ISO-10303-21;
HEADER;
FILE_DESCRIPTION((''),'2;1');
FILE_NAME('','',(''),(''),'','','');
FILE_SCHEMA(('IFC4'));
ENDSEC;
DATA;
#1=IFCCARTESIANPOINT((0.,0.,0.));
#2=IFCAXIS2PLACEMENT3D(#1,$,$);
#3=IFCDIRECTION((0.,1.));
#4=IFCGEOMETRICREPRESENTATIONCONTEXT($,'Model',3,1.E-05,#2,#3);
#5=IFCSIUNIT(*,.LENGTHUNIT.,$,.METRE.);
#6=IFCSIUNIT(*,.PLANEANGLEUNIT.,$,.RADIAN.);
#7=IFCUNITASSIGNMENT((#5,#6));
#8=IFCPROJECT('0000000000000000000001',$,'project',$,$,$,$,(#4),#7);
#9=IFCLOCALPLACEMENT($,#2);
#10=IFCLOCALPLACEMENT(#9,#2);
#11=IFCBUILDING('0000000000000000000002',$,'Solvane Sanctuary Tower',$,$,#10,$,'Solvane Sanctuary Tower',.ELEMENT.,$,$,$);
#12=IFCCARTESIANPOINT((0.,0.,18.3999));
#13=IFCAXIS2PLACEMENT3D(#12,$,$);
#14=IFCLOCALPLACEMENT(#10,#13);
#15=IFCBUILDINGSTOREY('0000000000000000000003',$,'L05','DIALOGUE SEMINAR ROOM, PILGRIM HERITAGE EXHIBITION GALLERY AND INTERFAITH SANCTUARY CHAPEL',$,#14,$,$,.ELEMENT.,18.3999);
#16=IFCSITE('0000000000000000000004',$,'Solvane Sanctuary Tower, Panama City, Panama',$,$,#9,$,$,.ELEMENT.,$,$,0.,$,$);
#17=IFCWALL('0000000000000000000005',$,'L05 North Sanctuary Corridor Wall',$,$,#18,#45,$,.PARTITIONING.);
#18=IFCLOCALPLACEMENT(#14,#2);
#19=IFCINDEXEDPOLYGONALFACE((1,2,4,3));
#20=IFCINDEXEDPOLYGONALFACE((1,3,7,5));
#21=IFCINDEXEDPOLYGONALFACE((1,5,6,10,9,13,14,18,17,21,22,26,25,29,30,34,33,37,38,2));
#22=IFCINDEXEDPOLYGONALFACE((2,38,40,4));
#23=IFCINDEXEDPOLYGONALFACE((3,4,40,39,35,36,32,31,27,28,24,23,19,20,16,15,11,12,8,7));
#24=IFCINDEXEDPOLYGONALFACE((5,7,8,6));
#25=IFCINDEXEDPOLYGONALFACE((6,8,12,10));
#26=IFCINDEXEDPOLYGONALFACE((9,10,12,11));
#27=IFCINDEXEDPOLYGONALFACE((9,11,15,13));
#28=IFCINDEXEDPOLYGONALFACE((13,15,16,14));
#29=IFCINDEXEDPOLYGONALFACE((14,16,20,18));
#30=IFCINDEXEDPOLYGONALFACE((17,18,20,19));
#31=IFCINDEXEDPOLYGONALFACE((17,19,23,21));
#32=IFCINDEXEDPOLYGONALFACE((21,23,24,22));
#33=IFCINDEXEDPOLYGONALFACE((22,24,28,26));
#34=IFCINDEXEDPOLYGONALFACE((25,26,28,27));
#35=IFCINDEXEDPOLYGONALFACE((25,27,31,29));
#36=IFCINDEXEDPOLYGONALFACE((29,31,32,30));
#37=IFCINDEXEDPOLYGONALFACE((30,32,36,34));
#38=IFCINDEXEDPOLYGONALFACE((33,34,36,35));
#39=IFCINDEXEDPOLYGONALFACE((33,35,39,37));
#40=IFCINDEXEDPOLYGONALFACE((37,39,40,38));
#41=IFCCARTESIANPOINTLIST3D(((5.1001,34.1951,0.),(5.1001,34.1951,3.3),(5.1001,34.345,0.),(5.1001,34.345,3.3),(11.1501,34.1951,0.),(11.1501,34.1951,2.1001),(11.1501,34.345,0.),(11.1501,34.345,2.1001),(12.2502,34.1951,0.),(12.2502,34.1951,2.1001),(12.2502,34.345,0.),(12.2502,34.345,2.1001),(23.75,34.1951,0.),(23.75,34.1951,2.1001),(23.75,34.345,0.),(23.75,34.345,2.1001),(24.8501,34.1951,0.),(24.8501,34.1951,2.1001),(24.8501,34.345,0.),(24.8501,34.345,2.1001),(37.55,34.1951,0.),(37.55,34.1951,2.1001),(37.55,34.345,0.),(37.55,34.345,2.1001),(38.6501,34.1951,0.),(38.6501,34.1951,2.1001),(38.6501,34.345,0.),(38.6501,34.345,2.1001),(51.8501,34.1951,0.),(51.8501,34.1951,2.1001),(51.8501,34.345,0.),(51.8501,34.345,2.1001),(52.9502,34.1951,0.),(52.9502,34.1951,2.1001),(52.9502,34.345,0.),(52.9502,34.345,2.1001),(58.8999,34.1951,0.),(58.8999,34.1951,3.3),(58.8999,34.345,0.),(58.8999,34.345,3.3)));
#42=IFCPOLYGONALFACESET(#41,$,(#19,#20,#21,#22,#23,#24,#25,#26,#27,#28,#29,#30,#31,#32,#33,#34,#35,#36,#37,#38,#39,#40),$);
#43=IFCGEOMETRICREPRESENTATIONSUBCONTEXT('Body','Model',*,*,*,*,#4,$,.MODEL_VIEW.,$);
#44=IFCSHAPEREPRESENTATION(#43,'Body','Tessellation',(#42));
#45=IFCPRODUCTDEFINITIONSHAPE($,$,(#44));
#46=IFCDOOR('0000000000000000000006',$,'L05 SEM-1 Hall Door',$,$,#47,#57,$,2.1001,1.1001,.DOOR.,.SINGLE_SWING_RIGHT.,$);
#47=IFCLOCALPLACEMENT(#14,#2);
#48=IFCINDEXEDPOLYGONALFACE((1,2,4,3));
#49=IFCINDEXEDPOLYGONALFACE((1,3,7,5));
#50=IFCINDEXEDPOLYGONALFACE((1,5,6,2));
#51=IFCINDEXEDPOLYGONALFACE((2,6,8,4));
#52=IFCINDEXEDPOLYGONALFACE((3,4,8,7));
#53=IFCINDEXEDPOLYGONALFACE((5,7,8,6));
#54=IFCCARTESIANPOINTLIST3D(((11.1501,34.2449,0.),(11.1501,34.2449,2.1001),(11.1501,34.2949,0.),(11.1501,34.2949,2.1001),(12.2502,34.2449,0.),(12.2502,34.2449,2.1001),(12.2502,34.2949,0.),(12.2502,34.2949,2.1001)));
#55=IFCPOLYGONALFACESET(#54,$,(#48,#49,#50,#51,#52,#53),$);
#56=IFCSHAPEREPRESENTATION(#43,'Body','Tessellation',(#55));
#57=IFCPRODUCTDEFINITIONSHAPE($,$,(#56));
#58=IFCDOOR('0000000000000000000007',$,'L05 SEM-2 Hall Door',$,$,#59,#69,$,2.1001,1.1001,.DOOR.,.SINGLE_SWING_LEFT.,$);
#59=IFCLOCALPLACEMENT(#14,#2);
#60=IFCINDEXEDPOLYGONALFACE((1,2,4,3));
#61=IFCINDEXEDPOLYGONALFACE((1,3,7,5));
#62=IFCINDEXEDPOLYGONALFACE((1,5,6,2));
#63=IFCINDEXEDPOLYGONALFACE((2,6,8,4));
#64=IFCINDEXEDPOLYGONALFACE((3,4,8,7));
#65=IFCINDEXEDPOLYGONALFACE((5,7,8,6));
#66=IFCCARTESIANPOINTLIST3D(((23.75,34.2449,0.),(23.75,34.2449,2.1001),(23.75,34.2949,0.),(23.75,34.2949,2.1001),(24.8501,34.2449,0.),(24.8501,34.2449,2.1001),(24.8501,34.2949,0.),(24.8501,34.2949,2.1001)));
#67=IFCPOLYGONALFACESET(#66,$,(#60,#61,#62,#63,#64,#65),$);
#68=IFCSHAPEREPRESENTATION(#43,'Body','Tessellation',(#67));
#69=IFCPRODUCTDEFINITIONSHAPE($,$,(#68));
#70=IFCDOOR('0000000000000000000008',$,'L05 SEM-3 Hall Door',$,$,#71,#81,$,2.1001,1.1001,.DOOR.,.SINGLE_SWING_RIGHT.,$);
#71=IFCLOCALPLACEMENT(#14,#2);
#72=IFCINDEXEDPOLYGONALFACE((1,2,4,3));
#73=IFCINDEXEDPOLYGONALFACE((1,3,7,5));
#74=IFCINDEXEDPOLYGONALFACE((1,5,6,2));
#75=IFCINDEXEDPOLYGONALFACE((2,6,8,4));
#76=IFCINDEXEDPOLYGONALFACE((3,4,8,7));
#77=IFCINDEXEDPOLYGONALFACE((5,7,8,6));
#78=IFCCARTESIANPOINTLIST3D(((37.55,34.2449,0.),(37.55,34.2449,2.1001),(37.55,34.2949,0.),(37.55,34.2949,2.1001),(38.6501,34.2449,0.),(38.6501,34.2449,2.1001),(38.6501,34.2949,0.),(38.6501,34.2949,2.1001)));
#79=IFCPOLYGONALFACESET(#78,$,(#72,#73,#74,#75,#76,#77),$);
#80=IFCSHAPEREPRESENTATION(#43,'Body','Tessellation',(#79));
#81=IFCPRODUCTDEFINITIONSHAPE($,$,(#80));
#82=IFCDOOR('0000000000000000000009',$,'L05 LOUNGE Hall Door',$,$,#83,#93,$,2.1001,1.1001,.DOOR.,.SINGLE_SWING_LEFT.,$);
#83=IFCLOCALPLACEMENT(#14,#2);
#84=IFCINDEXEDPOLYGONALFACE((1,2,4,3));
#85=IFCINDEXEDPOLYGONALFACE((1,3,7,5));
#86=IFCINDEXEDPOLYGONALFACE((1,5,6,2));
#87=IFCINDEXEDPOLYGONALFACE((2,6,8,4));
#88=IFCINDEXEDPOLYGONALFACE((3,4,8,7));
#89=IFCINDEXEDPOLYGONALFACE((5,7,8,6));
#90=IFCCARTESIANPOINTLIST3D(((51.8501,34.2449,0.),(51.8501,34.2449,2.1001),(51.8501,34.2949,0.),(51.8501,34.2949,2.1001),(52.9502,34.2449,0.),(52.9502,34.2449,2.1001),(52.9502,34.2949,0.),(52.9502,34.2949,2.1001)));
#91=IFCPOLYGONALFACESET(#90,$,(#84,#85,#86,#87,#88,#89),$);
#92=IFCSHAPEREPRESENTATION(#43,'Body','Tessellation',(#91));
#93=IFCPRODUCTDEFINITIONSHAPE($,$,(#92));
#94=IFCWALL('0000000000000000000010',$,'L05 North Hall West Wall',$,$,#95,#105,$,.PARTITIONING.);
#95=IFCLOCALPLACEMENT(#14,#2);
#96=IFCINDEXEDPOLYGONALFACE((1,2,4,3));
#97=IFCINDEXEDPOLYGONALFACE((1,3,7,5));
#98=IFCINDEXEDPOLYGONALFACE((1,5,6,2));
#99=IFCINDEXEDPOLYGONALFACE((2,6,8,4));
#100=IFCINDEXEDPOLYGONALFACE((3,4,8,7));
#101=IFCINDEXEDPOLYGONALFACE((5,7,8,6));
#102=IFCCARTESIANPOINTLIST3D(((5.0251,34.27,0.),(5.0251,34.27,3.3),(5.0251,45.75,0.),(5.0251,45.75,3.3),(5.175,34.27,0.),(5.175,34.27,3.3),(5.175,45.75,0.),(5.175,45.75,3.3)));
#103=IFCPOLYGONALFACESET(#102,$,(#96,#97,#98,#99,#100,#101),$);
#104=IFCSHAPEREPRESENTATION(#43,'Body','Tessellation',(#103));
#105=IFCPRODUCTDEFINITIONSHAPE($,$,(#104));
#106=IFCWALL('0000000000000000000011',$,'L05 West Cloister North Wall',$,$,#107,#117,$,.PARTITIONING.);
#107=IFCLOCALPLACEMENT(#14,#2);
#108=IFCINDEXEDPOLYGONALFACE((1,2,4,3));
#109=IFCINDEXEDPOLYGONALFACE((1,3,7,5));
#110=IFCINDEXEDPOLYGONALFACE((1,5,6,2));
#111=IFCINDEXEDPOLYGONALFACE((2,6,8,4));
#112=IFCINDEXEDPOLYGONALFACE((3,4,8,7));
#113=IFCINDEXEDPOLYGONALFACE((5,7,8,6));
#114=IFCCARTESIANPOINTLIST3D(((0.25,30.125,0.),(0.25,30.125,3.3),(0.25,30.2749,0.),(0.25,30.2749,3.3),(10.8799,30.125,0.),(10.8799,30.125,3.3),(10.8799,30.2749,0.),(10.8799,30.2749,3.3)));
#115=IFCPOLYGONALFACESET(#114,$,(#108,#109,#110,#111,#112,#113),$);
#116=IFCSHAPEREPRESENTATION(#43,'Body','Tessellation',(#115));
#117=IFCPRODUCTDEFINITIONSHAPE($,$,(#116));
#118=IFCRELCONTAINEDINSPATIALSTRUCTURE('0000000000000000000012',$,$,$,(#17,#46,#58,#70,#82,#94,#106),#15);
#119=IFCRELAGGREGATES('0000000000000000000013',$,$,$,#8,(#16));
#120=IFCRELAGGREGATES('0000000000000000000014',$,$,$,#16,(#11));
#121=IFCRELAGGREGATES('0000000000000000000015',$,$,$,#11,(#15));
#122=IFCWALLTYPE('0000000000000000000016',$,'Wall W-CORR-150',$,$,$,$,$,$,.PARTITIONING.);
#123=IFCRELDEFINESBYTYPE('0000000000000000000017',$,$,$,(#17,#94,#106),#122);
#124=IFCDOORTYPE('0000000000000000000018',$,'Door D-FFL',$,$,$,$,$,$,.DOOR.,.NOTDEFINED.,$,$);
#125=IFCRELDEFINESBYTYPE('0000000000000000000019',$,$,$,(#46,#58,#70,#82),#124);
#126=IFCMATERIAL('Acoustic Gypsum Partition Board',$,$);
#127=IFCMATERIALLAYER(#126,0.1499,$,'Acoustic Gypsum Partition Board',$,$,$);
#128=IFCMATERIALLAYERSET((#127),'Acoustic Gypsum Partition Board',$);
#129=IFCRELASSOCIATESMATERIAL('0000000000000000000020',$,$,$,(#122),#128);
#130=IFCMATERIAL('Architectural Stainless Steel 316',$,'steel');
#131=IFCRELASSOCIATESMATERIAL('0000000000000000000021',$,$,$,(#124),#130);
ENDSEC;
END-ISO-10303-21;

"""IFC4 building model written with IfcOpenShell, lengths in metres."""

from ifc_helpers import new_model, si_unit, direction, frame, frame_2d, origin, place, context, subcontext, project, spatial, rectangle, extrude, material, layer, layer_set, type_object, element, fill, save


model = new_model("IFC4")

# Units and contexts
model_context = context("Model", 3, precision=1e-05, world=origin(), true_north=direction((0.0, 1.0)))
body_context = subcontext(model_context, "Body", "Model", "MODEL_VIEW")
ifc_project = project(units=[si_unit("LENGTHUNIT", "METRE"), si_unit("PLANEANGLEUNIT", "RADIAN")], contexts=[model_context])

# Site, building, storey
site_placement = place(None, origin())
site = spatial("IfcSite", under=ifc_project, at=site_placement, Name="Solvane Sanctuary Tower, Panama City, Panama", CompositionType="ELEMENT", RefElevation=0.0)
building_placement = place(site_placement, origin())
building = spatial("IfcBuilding", under=site, at=building_placement, Name="Solvane Sanctuary Tower", LongName="Solvane Sanctuary Tower", CompositionType="ELEMENT")
storey_placement = place(building_placement, frame((0.0, 0.0, 18.3999)))
storey = spatial("IfcBuildingStorey", under=building, at=storey_placement, Name="L05", Description="DIALOGUE SEMINAR ROOM, PILGRIM HERITAGE EXHIBITION GALLERY AND INTERFAITH SANCTUARY CHAPEL", CompositionType="ELEMENT", Elevation=18.3999)

# Wall, openings, doors
ifc_material_1 = material(Name="Acoustic Gypsum Partition Board")
ifc_layer_1 = layer(ifc_material_1, 0.1499, Name="Acoustic Gypsum Partition Board")
ifc_layer_set_1 = layer_set([ifc_layer_1], Name="Acoustic Gypsum Partition Board")
wall_type_1 = type_object("IfcWallType", Name="Wall W-CORR-150", PredefinedType="PARTITIONING", material=ifc_layer_set_1)
wall_1_placement = place(storey_placement, frame((5.1001, 34.27, 0.0), z_axis=(0.0, 0.0, 1.0), x_axis=(1.0, 0.0, 0.0)))
wall_1 = element("IfcWall", 1, at=wall_1_placement, inside=storey, type_object=wall_type_1, Name="L05 North Sanctuary Corridor Wall", PredefinedType="PARTITIONING", context=body_context, shape_type="SweptSolid", body=[
    extrude(rectangle(XDim=53.7998, YDim=0.1499, at=frame_2d((26.8999, 0.0))), origin(), (0.0, 0.0, 1.0), 3.3),
])
opening_1_placement = place(wall_1_placement, frame((6.05, 0.0, 0.0)))
opening_1 = element("IfcOpeningElement", 2, at=opening_1_placement, cuts=wall_1, PredefinedType="OPENING", context=body_context, shape_type="SweptSolid", body=[
    extrude(rectangle(XDim=1.1001, YDim=2.1001, at=frame_2d((0.55, 1.05))), frame((0.0, 0.085, 0.0), z_axis=(0.0, -1.0, 0.0), x_axis=(1.0, 0.0, 0.0)), (0.0, 0.0, 1.0), 0.1699),
])
opening_2_placement = place(wall_1_placement, frame((18.6499, 0.0, 0.0)))
opening_2 = element("IfcOpeningElement", 3, at=opening_2_placement, cuts=wall_1, PredefinedType="OPENING", context=body_context, shape_type="SweptSolid", body=[
    extrude(rectangle(XDim=1.1001, YDim=2.1001, at=frame_2d((0.55, 1.05))), frame((0.0, 0.085, 0.0), z_axis=(0.0, -1.0, 0.0), x_axis=(1.0, 0.0, 0.0)), (0.0, 0.0, 1.0), 0.1699),
])
opening_3_placement = place(wall_1_placement, frame((32.45, 0.0, 0.0)))
opening_3 = element("IfcOpeningElement", 4, at=opening_3_placement, cuts=wall_1, PredefinedType="OPENING", context=body_context, shape_type="SweptSolid", body=[
    extrude(rectangle(XDim=1.1001, YDim=2.1001, at=frame_2d((0.55, 1.05))), frame((0.0, 0.085, 0.0), z_axis=(0.0, -1.0, 0.0), x_axis=(1.0, 0.0, 0.0)), (0.0, 0.0, 1.0), 0.1699),
])
opening_4_placement = place(wall_1_placement, frame((46.75, 0.0, 0.0)))
opening_4 = element("IfcOpeningElement", 5, at=opening_4_placement, cuts=wall_1, PredefinedType="OPENING", context=body_context, shape_type="SweptSolid", body=[
    extrude(rectangle(XDim=1.1001, YDim=2.1001, at=frame_2d((0.55, 1.05))), frame((0.0, 0.085, 0.0), z_axis=(0.0, -1.0, 0.0), x_axis=(1.0, 0.0, 0.0)), (0.0, 0.0, 1.0), 0.1699),
])
ifc_material_2 = material(Name="Architectural Stainless Steel 316", Category="steel")
door_type_1 = type_object("IfcDoorType", Name="Door D-FFL", OperationType="NOTDEFINED", PredefinedType="DOOR", material=ifc_material_2)
door_1_placement = place(opening_1_placement, origin())
door_1 = element("IfcDoor", 6, at=door_1_placement, inside=storey, type_object=door_type_1, Name="L05 SEM-1 Hall Door", OperationType="SINGLE_SWING_RIGHT", OverallHeight=2.1001, OverallWidth=1.1001, PredefinedType="DOOR", context=body_context, shape_type="SweptSolid", body=[
    extrude(rectangle(XDim=1.1001, YDim=2.1001, at=frame_2d((0.55, 1.05))), frame((0.0, 0.0249, 0.0), z_axis=(0.0, -1.0, 0.0), x_axis=(1.0, 0.0, 0.0)), (0.0, 0.0, 1.0), 0.05),
])
fill(opening_1, door_1)
door_2_placement = place(opening_2_placement, origin())
door_2 = element("IfcDoor", 7, at=door_2_placement, inside=storey, type_object=door_type_1, Name="L05 SEM-2 Hall Door", OperationType="SINGLE_SWING_LEFT", OverallHeight=2.1001, OverallWidth=1.1001, PredefinedType="DOOR", context=body_context, shape_type="SweptSolid", body=[
    extrude(rectangle(XDim=1.1001, YDim=2.1001, at=frame_2d((0.55, 1.05))), frame((0.0, 0.0249, 0.0), z_axis=(0.0, -1.0, 0.0), x_axis=(1.0, 0.0, 0.0)), (0.0, 0.0, 1.0), 0.05),
])
fill(opening_2, door_2)
door_3_placement = place(opening_3_placement, origin())
door_3 = element("IfcDoor", 8, at=door_3_placement, inside=storey, type_object=door_type_1, Name="L05 SEM-3 Hall Door", OperationType="SINGLE_SWING_RIGHT", OverallHeight=2.1001, OverallWidth=1.1001, PredefinedType="DOOR", context=body_context, shape_type="SweptSolid", body=[
    extrude(rectangle(XDim=1.1001, YDim=2.1001, at=frame_2d((0.55, 1.05))), frame((0.0, 0.0249, 0.0), z_axis=(0.0, -1.0, 0.0), x_axis=(1.0, 0.0, 0.0)), (0.0, 0.0, 1.0), 0.05),
])
fill(opening_3, door_3)
door_4_placement = place(opening_4_placement, origin())
door_4 = element("IfcDoor", 9, at=door_4_placement, inside=storey, type_object=door_type_1, Name="L05 LOUNGE Hall Door", OperationType="SINGLE_SWING_LEFT", OverallHeight=2.1001, OverallWidth=1.1001, PredefinedType="DOOR", context=body_context, shape_type="SweptSolid", body=[
    extrude(rectangle(XDim=1.1001, YDim=2.1001, at=frame_2d((0.55, 1.05))), frame((0.0, 0.0249, 0.0), z_axis=(0.0, -1.0, 0.0), x_axis=(1.0, 0.0, 0.0)), (0.0, 0.0, 1.0), 0.05),
])
fill(opening_4, door_4)

# Walls
wall_2_placement = place(storey_placement, frame((5.1001, 34.27, 0.0), z_axis=(0.0, 0.0, 1.0), x_axis=(0.0, 1.0, 0.0)))
element("IfcWall", 10, at=wall_2_placement, inside=storey, type_object=wall_type_1, Name="L05 North Hall West Wall", PredefinedType="PARTITIONING", context=body_context, shape_type="SweptSolid", body=[
    extrude(rectangle(XDim=11.48, YDim=0.1499, at=frame_2d((5.74, 0.0))), origin(), (0.0, 0.0, 1.0), 3.3),
])
wall_3_placement = place(storey_placement, frame((0.25, 30.2, 0.0), z_axis=(0.0, 0.0, 1.0), x_axis=(1.0, 0.0, 0.0)))
element("IfcWall", 11, at=wall_3_placement, inside=storey, type_object=wall_type_1, Name="L05 West Cloister North Wall", PredefinedType="PARTITIONING", context=body_context, shape_type="SweptSolid", body=[
    extrude(rectangle(XDim=10.6299, YDim=0.1499, at=frame_2d((5.3149, 0.0))), origin(), (0.0, 0.0, 1.0), 3.3),
])

save(model, "model.ifc")
